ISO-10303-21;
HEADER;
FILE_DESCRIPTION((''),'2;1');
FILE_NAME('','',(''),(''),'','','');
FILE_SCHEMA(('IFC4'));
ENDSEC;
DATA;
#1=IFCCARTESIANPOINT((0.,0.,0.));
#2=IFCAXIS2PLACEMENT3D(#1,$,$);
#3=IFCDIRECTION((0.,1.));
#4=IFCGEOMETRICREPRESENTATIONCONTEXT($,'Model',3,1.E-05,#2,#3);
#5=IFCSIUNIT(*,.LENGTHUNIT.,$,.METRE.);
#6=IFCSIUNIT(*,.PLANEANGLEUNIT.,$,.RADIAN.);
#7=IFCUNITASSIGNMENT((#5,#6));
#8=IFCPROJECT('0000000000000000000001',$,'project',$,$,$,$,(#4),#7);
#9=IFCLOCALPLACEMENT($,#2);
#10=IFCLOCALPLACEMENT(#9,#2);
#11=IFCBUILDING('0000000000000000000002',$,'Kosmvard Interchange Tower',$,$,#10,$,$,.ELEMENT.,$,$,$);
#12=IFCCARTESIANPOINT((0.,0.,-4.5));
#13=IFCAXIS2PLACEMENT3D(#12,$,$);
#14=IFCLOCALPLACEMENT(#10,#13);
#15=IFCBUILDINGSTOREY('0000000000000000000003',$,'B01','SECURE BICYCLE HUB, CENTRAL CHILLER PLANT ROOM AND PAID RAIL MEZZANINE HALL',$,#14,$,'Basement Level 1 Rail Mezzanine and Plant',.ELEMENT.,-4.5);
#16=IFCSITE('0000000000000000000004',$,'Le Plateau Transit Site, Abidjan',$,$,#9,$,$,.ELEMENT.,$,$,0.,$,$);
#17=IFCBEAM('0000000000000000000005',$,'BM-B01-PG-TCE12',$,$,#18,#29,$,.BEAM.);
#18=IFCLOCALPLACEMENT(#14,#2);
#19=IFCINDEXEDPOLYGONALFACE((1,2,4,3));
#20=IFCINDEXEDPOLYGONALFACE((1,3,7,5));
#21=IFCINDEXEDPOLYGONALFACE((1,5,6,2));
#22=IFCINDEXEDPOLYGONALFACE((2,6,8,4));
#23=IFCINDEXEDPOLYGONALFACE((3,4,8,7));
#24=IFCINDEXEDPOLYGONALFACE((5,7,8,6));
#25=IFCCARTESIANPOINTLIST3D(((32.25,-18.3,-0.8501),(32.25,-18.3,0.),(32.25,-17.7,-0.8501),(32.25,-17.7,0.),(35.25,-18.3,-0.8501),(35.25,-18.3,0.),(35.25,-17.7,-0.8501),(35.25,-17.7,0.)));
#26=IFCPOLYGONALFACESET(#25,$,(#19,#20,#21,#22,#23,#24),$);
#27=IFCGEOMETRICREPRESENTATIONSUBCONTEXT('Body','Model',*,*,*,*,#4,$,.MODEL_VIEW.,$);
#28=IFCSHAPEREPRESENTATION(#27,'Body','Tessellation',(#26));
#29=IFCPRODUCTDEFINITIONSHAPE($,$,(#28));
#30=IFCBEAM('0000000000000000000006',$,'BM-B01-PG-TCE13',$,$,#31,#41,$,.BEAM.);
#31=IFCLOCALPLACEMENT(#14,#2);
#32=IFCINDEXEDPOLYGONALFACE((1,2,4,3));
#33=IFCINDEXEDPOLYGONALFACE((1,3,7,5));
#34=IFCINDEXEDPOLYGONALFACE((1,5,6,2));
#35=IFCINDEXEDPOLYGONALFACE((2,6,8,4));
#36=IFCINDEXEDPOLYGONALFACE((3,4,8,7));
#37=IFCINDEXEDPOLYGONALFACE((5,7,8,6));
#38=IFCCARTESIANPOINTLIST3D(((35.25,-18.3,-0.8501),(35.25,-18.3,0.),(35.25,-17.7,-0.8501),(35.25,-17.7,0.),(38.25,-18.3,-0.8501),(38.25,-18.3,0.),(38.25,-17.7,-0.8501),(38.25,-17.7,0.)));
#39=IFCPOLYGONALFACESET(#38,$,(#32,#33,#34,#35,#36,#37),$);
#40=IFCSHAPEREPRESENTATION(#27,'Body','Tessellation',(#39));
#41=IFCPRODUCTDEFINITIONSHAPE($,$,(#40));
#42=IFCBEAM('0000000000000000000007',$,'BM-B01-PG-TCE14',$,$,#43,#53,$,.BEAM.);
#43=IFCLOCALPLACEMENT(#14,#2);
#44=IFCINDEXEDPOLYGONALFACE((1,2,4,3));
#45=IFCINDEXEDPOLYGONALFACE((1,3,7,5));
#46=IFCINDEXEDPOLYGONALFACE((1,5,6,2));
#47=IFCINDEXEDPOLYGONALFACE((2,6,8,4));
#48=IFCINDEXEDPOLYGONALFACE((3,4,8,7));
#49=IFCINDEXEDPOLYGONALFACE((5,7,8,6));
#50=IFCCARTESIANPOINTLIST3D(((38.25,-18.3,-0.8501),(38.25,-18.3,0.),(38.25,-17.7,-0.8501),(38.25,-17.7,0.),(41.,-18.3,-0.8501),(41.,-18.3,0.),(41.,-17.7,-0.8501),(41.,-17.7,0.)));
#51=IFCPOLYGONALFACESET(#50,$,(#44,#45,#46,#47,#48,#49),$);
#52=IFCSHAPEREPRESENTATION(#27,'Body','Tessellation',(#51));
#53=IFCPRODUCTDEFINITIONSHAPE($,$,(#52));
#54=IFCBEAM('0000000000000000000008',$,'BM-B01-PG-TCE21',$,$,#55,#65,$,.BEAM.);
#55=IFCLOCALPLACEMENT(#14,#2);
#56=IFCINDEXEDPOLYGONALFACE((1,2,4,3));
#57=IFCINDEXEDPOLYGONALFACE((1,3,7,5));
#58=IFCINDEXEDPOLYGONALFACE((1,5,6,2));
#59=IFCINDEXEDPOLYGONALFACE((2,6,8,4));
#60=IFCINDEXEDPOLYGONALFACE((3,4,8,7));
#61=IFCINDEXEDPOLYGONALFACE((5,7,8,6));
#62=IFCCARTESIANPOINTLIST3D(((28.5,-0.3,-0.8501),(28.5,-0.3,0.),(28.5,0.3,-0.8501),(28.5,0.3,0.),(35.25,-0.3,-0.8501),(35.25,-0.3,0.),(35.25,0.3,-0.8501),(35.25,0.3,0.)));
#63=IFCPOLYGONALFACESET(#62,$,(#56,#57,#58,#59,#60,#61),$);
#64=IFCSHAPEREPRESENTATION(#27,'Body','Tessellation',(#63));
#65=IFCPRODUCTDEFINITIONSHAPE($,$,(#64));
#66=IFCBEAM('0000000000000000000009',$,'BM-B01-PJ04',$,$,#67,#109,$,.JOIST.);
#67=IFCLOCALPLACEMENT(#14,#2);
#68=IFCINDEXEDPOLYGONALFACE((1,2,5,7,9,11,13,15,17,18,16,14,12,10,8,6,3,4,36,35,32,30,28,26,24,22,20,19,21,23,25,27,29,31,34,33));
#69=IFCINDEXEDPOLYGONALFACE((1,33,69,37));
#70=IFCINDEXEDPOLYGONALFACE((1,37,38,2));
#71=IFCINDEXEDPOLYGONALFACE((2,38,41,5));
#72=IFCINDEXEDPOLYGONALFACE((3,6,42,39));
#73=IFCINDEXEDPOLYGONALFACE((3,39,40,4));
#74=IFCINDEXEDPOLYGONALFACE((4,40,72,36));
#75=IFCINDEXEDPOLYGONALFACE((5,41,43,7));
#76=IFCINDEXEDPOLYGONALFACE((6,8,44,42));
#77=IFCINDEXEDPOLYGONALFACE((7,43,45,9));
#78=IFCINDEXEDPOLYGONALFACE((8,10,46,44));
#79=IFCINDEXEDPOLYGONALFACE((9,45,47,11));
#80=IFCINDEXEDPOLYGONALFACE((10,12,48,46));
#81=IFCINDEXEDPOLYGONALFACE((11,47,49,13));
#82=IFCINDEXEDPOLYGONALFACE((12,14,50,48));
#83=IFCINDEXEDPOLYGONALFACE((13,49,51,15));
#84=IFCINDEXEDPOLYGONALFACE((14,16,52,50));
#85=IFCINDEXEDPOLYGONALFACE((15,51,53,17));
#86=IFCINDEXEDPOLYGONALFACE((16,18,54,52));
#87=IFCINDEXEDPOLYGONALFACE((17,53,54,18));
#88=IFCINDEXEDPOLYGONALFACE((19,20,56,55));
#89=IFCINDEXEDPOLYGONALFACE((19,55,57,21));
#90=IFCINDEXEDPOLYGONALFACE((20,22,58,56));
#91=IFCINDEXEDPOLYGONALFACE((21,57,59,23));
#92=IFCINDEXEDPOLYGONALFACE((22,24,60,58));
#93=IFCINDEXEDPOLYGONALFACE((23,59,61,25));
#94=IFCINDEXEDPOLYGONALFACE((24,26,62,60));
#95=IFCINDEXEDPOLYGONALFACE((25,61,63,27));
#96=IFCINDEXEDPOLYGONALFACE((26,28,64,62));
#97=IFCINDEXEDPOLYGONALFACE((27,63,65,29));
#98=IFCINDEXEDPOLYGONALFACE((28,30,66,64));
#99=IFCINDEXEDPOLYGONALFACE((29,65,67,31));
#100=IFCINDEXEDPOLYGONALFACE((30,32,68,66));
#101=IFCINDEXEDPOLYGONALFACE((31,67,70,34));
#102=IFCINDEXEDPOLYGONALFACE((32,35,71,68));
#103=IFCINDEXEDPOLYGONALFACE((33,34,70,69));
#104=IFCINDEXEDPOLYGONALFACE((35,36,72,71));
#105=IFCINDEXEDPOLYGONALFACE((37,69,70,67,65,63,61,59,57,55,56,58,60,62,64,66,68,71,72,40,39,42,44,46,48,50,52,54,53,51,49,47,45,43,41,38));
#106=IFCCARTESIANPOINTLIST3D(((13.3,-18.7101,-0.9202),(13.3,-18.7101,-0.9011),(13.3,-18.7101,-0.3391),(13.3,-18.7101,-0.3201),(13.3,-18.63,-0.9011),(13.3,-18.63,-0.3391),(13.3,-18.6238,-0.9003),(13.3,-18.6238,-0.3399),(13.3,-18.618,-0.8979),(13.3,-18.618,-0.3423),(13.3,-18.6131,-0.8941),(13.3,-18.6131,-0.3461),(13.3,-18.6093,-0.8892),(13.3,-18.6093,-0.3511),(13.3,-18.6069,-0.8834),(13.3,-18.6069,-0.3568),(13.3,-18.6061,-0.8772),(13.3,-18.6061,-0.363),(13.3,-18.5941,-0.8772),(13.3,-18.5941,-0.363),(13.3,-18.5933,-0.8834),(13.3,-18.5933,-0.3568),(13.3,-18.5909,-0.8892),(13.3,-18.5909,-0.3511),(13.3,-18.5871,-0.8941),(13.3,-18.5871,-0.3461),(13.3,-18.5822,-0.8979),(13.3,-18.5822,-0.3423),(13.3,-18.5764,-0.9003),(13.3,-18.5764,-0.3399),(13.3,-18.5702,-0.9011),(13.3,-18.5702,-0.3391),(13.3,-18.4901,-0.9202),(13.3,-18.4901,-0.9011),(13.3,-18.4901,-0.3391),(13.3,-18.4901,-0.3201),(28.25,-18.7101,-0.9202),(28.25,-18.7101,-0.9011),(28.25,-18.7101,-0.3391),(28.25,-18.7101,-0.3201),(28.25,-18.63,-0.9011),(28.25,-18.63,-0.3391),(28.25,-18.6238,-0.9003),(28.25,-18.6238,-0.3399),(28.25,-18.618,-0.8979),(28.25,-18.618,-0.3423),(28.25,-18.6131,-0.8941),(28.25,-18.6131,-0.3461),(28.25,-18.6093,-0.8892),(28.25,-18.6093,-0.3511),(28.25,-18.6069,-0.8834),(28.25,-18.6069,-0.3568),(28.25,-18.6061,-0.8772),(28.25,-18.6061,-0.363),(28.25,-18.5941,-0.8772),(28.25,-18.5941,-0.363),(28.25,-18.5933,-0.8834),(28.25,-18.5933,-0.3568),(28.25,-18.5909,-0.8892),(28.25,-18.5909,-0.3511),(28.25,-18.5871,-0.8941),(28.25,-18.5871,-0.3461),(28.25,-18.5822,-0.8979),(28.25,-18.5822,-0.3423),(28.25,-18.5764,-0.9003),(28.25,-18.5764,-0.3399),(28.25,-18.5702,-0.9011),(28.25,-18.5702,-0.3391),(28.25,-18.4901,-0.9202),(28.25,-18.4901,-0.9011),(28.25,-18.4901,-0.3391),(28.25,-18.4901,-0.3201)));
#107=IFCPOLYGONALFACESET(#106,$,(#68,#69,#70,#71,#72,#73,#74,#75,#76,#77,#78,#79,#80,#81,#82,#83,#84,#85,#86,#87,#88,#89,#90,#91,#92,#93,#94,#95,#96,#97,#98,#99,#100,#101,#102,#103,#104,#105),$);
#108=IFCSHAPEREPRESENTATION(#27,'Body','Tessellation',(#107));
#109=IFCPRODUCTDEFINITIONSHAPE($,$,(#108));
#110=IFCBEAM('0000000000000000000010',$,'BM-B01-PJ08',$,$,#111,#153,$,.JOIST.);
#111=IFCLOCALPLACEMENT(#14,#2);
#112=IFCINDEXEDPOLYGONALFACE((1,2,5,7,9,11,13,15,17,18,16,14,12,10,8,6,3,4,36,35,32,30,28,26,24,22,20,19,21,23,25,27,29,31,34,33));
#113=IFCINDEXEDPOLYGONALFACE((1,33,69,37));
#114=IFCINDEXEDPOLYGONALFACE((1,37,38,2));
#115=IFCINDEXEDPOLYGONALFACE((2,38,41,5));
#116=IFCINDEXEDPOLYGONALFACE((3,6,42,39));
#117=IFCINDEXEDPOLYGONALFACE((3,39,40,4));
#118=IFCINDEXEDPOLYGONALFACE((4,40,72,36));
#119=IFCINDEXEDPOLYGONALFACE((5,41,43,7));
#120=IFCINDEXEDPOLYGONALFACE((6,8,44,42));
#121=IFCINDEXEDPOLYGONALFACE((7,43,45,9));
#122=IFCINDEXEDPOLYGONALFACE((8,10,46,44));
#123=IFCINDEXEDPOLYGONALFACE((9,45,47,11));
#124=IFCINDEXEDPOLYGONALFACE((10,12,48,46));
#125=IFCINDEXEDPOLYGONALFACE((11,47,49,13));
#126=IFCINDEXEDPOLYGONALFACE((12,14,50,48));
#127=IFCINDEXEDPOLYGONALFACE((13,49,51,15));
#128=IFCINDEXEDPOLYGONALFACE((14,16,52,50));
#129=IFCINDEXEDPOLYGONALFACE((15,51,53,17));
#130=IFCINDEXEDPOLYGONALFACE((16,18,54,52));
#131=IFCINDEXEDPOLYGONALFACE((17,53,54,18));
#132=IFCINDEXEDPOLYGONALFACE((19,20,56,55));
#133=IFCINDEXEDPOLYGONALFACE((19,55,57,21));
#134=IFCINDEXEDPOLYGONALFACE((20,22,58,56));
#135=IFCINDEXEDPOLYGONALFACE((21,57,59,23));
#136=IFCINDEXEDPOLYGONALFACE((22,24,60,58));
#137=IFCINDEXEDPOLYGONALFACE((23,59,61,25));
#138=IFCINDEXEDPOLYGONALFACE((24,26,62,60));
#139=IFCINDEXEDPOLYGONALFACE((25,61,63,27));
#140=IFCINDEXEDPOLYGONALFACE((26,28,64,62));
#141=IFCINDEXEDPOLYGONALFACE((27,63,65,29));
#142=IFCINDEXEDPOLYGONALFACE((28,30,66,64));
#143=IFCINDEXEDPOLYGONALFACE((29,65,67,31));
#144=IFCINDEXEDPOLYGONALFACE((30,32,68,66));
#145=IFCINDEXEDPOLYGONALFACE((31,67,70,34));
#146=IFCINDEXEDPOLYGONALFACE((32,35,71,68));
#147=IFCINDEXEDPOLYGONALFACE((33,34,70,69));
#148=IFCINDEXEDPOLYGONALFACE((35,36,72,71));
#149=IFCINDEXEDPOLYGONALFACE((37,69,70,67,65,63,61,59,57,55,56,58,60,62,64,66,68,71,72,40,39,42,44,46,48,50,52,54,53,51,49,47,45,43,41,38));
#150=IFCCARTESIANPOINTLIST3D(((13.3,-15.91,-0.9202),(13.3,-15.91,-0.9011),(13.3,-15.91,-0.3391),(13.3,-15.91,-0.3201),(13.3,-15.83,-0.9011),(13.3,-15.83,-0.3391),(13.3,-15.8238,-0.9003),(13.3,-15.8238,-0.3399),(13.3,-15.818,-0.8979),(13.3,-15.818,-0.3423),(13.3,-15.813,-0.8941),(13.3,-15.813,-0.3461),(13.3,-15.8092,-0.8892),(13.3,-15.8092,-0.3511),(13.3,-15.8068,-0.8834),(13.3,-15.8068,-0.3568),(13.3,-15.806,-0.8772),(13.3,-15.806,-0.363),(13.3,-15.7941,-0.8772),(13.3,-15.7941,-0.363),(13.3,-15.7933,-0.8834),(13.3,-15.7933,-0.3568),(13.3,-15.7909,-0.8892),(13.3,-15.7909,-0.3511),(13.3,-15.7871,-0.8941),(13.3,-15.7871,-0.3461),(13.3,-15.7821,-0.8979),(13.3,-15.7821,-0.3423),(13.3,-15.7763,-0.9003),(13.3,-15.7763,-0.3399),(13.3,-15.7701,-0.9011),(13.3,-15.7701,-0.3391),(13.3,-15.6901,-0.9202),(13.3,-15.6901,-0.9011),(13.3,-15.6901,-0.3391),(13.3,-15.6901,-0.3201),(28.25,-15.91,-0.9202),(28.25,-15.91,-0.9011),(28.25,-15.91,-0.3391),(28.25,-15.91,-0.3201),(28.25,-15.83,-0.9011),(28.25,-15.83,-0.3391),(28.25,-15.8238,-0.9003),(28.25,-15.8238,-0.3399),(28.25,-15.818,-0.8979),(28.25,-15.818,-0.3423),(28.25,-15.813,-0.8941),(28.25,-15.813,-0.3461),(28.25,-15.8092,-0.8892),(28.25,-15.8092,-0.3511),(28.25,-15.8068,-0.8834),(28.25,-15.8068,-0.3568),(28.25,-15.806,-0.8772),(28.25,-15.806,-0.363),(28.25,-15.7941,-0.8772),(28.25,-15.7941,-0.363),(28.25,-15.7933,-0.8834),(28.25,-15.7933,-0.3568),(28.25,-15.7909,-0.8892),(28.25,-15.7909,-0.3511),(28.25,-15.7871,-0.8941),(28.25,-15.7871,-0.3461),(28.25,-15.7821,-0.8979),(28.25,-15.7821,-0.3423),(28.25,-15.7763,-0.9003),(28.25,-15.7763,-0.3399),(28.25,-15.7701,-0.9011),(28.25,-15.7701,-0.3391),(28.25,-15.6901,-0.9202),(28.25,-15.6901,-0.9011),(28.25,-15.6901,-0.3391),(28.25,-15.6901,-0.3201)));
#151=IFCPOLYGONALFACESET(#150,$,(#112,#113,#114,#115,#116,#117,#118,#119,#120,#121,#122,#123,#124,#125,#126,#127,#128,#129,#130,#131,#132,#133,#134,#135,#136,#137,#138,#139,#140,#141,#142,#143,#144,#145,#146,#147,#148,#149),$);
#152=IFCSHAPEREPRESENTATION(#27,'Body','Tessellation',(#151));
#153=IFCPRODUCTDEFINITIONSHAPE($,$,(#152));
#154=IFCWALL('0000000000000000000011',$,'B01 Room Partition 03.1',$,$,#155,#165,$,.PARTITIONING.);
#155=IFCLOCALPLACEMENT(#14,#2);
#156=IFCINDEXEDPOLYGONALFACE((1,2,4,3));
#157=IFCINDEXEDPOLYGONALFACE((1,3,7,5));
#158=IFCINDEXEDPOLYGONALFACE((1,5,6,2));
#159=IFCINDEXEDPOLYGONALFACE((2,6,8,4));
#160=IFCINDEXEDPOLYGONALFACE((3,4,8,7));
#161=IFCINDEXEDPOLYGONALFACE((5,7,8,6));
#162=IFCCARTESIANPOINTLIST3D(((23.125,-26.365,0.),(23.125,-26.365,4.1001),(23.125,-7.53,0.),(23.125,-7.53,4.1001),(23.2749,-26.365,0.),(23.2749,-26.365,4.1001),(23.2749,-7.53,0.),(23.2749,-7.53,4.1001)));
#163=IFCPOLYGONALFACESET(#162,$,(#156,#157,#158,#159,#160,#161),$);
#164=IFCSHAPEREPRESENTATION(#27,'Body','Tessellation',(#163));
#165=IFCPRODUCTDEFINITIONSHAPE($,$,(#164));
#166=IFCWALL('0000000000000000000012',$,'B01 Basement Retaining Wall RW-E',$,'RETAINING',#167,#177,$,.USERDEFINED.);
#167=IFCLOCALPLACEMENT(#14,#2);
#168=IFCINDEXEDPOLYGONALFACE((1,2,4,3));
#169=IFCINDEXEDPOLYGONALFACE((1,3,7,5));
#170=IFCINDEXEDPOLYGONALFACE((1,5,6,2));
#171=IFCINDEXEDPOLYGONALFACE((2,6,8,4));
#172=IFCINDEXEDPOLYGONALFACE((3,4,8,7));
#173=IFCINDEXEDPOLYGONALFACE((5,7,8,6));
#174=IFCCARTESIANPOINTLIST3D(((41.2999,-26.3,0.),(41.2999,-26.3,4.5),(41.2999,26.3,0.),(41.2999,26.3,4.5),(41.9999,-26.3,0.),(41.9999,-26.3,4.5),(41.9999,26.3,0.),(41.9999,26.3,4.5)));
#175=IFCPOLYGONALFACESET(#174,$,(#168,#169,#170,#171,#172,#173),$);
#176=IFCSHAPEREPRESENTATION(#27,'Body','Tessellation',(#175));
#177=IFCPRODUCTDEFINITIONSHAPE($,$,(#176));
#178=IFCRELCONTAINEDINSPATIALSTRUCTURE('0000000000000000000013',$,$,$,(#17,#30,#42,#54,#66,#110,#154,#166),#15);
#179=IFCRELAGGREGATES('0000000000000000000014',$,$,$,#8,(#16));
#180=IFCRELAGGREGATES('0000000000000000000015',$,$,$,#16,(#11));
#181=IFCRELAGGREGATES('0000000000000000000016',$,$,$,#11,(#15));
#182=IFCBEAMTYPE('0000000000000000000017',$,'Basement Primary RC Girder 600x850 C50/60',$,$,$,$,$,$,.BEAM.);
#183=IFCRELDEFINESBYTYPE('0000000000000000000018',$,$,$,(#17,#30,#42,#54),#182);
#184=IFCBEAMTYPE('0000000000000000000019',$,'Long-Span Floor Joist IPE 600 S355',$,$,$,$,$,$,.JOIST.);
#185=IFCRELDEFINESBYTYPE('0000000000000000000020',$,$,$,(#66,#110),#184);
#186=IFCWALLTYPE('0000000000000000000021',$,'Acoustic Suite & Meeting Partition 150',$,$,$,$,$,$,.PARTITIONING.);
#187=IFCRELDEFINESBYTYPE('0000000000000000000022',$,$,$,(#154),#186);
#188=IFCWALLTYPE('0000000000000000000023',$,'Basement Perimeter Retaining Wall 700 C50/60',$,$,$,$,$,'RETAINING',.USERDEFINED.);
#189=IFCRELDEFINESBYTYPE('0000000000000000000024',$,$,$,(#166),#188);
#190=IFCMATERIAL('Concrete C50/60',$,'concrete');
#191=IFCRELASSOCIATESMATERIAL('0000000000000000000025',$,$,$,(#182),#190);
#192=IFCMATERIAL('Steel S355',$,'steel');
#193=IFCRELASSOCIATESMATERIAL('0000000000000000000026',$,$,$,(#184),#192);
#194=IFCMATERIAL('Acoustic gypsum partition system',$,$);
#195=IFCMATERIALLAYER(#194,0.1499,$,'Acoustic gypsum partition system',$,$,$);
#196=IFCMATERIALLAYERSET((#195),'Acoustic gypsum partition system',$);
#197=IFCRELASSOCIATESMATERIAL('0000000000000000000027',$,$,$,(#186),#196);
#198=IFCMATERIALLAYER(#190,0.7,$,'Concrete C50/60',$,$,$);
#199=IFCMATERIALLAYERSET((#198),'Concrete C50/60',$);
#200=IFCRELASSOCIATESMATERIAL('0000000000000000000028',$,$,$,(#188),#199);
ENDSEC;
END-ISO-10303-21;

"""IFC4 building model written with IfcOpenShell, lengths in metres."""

from ifc_helpers import new_model, si_unit, direction, frame, frame_2d, origin, origin_2d, place, context, subcontext, project, spatial, rectangle, i_section, extrude, source, transform, mapped, material, layer, layer_set, material_profile, profile_set, type_object, element, save


model = new_model("IFC4")

# Units and contexts
model_context = context("Model", 3, precision=1e-05, world=origin(), true_north=direction((0.0, 1.0)))
body_context = subcontext(model_context, "Body", "Model", "MODEL_VIEW")
ifc_project = project(units=[si_unit("LENGTHUNIT", "METRE"), si_unit("PLANEANGLEUNIT", "RADIAN")], contexts=[model_context])

# Site, building, storey
site_placement = place(None, origin())
site = spatial("IfcSite", under=ifc_project, at=site_placement, Name="Le Plateau Transit Site, Abidjan", CompositionType="ELEMENT", RefElevation=0.0)
building_placement = place(site_placement, origin())
building = spatial("IfcBuilding", under=site, at=building_placement, Name="Kosmvard Interchange Tower", CompositionType="ELEMENT")
storey_placement = place(building_placement, frame((0.0, 0.0, -4.5)))
storey = spatial("IfcBuildingStorey", under=building, at=storey_placement, Name="B01", Description="SECURE BICYCLE HUB, CENTRAL CHILLER PLANT ROOM AND PAID RAIL MEZZANINE HALL", LongName="Basement Level 1 Rail Mezzanine and Plant", CompositionType="ELEMENT", Elevation=-4.5)

# Beams
ifc_material_1 = material(Name="Concrete C50/60", Category="concrete")
ifc_material_profile_1 = material_profile(ifc_material_1, rectangle(XDim=0.6001, YDim=0.8501, at=origin_2d()), Name="RCG 600x850")
ifc_profile_set_1 = profile_set([ifc_material_profile_1], Name="Concrete C50/60")
beam_type_1 = type_object("IfcBeamType", Name="Basement Primary RC Girder 600x850 C50/60", PredefinedType="BEAM", material=ifc_profile_set_1)
shared_shape_1 = source(origin(), body_context, "Body", "SweptSolid", [
    extrude(rectangle(XDim=0.6001, YDim=0.8501, at=origin_2d()), origin(), (0.0, 0.0, 1.0), 3.0),
])
for number, where, z_axis, x_axis, name in (
    (1, (32.25, -18.0, -0.425), (1.0, 0.0, 0.0), (0.0, 1.0, 0.0), "BM-B01-PG-TCE12"),
    (2, (35.25, -18.0, -0.425), (1.0, 0.0, 0.0), (0.0, 1.0, 0.0), "BM-B01-PG-TCE13"),
):
    element("IfcBeam", number, at=place(storey_placement, frame(where, z_axis=z_axis, x_axis=x_axis)), inside=storey, type_object=beam_type_1, Name=name, PredefinedType="BEAM", context=body_context, shape_type="MappedRepresentation", body=[
        mapped(shared_shape_1, transform((0.0, 0.0, 0.0), scale=1.0)),
    ])
shared_shape_2 = source(origin(), body_context, "Body", "SweptSolid", [
    extrude(rectangle(XDim=0.6001, YDim=0.8501, at=origin_2d()), origin(), (0.0, 0.0, 1.0), 2.75),
])
beam_1_placement = place(storey_placement, frame((38.25, -18.0, -0.425), z_axis=(1.0, 0.0, 0.0), x_axis=(0.0, 1.0, 0.0)))
element("IfcBeam", 3, at=beam_1_placement, inside=storey, type_object=beam_type_1, Name="BM-B01-PG-TCE14", PredefinedType="BEAM", context=body_context, shape_type="MappedRepresentation", body=[
    mapped(shared_shape_2, transform((0.0, 0.0, 0.0), scale=1.0)),
])
shared_shape_3 = source(origin(), body_context, "Body", "SweptSolid", [
    extrude(rectangle(XDim=0.6001, YDim=0.8501, at=origin_2d()), origin(), (0.0, 0.0, 1.0), 6.75),
])
beam_2_placement = place(storey_placement, frame((28.5, 0.0, -0.425), z_axis=(1.0, 0.0, 0.0), x_axis=(0.0, 1.0, 0.0)))
element("IfcBeam", 4, at=beam_2_placement, inside=storey, type_object=beam_type_1, Name="BM-B01-PG-TCE21", PredefinedType="BEAM", context=body_context, shape_type="MappedRepresentation", body=[
    mapped(shared_shape_3, transform((0.0, 0.0, 0.0), scale=1.0)),
])
ifc_material_2 = material(Name="Steel S355", Category="steel")
ifc_material_profile_2 = material_profile(ifc_material_2, i_section(OverallWidth=0.22, OverallDepth=0.6001, WebThickness=0.012, FlangeThickness=0.019, FilletRadius=0.0239, at=origin_2d()), Name="IPE 600")
ifc_profile_set_2 = profile_set([ifc_material_profile_2], Name="Steel S355")
beam_type_2 = type_object("IfcBeamType", Name="Long-Span Floor Joist IPE 600 S355", PredefinedType="JOIST", material=ifc_profile_set_2)
shared_shape_4 = source(origin(), body_context, "Body", "SweptSolid", [
    extrude(i_section(OverallWidth=0.22, OverallDepth=0.6001, WebThickness=0.012, FlangeThickness=0.019, FilletRadius=0.0239, at=origin_2d()), origin(), (0.0, 0.0, 1.0), 14.95),
])
for number, where, z_axis, x_axis, name in (
    (5, (13.3, -18.6001, -0.6201), (1.0, 0.0, 0.0), (0.0, 1.0, 0.0), "BM-B01-PJ04"),
    (6, (13.3, -15.8, -0.6201), (1.0, 0.0, 0.0), (0.0, 1.0, 0.0), "BM-B01-PJ08"),
):
    element("IfcBeam", number, at=place(storey_placement, frame(where, z_axis=z_axis, x_axis=x_axis)), inside=storey, type_object=beam_type_2, Name=name, PredefinedType="JOIST", context=body_context, shape_type="MappedRepresentation", body=[
        mapped(shared_shape_4, transform((0.0, 0.0, 0.0), scale=1.0)),
    ])

# Walls
ifc_material_3 = material(Name="Acoustic gypsum partition system")
ifc_layer_1 = layer(ifc_material_3, 0.1499, Name="Acoustic gypsum partition system")
ifc_layer_set_1 = layer_set([ifc_layer_1], Name="Acoustic gypsum partition system")
wall_type_1 = type_object("IfcWallType", Name="Acoustic Suite & Meeting Partition 150", PredefinedType="PARTITIONING", material=ifc_layer_set_1)
wall_1_placement = place(storey_placement, frame((23.2, -26.365, 0.0), z_axis=(0.0, 0.0, 1.0), x_axis=(0.0, 1.0, 0.0)))
element("IfcWall", 7, at=wall_1_placement, inside=storey, type_object=wall_type_1, Name="B01 Room Partition 03.1", PredefinedType="PARTITIONING", context=body_context, shape_type="SweptSolid", body=[
    extrude(rectangle(XDim=18.835, YDim=0.1499, at=frame_2d((9.4175, 0.0))), origin(), (0.0, 0.0, 1.0), 4.1001),
])
ifc_layer_2 = layer(ifc_material_1, 0.7, Name="Concrete C50/60")
ifc_layer_set_2 = layer_set([ifc_layer_2], Name="Concrete C50/60")
wall_type_2 = type_object("IfcWallType", Name="Basement Perimeter Retaining Wall 700 C50/60", ElementType="RETAINING", PredefinedType="USERDEFINED", material=ifc_layer_set_2)
wall_2_placement = place(storey_placement, frame((41.6499, -26.3, 0.0), z_axis=(0.0, 0.0, 1.0), x_axis=(0.0, 1.0, 0.0)))
element("IfcWall", 8, at=wall_2_placement, inside=storey, type_object=wall_type_2, Name="B01 Basement Retaining Wall RW-E", ObjectType="RETAINING", PredefinedType="USERDEFINED", context=body_context, shape_type="SweptSolid", body=[
    extrude(rectangle(XDim=52.6001, YDim=0.7, at=frame_2d((26.3, 0.0))), origin(), (0.0, 0.0, 1.0), 4.5),
])

save(model, "model.ifc")
